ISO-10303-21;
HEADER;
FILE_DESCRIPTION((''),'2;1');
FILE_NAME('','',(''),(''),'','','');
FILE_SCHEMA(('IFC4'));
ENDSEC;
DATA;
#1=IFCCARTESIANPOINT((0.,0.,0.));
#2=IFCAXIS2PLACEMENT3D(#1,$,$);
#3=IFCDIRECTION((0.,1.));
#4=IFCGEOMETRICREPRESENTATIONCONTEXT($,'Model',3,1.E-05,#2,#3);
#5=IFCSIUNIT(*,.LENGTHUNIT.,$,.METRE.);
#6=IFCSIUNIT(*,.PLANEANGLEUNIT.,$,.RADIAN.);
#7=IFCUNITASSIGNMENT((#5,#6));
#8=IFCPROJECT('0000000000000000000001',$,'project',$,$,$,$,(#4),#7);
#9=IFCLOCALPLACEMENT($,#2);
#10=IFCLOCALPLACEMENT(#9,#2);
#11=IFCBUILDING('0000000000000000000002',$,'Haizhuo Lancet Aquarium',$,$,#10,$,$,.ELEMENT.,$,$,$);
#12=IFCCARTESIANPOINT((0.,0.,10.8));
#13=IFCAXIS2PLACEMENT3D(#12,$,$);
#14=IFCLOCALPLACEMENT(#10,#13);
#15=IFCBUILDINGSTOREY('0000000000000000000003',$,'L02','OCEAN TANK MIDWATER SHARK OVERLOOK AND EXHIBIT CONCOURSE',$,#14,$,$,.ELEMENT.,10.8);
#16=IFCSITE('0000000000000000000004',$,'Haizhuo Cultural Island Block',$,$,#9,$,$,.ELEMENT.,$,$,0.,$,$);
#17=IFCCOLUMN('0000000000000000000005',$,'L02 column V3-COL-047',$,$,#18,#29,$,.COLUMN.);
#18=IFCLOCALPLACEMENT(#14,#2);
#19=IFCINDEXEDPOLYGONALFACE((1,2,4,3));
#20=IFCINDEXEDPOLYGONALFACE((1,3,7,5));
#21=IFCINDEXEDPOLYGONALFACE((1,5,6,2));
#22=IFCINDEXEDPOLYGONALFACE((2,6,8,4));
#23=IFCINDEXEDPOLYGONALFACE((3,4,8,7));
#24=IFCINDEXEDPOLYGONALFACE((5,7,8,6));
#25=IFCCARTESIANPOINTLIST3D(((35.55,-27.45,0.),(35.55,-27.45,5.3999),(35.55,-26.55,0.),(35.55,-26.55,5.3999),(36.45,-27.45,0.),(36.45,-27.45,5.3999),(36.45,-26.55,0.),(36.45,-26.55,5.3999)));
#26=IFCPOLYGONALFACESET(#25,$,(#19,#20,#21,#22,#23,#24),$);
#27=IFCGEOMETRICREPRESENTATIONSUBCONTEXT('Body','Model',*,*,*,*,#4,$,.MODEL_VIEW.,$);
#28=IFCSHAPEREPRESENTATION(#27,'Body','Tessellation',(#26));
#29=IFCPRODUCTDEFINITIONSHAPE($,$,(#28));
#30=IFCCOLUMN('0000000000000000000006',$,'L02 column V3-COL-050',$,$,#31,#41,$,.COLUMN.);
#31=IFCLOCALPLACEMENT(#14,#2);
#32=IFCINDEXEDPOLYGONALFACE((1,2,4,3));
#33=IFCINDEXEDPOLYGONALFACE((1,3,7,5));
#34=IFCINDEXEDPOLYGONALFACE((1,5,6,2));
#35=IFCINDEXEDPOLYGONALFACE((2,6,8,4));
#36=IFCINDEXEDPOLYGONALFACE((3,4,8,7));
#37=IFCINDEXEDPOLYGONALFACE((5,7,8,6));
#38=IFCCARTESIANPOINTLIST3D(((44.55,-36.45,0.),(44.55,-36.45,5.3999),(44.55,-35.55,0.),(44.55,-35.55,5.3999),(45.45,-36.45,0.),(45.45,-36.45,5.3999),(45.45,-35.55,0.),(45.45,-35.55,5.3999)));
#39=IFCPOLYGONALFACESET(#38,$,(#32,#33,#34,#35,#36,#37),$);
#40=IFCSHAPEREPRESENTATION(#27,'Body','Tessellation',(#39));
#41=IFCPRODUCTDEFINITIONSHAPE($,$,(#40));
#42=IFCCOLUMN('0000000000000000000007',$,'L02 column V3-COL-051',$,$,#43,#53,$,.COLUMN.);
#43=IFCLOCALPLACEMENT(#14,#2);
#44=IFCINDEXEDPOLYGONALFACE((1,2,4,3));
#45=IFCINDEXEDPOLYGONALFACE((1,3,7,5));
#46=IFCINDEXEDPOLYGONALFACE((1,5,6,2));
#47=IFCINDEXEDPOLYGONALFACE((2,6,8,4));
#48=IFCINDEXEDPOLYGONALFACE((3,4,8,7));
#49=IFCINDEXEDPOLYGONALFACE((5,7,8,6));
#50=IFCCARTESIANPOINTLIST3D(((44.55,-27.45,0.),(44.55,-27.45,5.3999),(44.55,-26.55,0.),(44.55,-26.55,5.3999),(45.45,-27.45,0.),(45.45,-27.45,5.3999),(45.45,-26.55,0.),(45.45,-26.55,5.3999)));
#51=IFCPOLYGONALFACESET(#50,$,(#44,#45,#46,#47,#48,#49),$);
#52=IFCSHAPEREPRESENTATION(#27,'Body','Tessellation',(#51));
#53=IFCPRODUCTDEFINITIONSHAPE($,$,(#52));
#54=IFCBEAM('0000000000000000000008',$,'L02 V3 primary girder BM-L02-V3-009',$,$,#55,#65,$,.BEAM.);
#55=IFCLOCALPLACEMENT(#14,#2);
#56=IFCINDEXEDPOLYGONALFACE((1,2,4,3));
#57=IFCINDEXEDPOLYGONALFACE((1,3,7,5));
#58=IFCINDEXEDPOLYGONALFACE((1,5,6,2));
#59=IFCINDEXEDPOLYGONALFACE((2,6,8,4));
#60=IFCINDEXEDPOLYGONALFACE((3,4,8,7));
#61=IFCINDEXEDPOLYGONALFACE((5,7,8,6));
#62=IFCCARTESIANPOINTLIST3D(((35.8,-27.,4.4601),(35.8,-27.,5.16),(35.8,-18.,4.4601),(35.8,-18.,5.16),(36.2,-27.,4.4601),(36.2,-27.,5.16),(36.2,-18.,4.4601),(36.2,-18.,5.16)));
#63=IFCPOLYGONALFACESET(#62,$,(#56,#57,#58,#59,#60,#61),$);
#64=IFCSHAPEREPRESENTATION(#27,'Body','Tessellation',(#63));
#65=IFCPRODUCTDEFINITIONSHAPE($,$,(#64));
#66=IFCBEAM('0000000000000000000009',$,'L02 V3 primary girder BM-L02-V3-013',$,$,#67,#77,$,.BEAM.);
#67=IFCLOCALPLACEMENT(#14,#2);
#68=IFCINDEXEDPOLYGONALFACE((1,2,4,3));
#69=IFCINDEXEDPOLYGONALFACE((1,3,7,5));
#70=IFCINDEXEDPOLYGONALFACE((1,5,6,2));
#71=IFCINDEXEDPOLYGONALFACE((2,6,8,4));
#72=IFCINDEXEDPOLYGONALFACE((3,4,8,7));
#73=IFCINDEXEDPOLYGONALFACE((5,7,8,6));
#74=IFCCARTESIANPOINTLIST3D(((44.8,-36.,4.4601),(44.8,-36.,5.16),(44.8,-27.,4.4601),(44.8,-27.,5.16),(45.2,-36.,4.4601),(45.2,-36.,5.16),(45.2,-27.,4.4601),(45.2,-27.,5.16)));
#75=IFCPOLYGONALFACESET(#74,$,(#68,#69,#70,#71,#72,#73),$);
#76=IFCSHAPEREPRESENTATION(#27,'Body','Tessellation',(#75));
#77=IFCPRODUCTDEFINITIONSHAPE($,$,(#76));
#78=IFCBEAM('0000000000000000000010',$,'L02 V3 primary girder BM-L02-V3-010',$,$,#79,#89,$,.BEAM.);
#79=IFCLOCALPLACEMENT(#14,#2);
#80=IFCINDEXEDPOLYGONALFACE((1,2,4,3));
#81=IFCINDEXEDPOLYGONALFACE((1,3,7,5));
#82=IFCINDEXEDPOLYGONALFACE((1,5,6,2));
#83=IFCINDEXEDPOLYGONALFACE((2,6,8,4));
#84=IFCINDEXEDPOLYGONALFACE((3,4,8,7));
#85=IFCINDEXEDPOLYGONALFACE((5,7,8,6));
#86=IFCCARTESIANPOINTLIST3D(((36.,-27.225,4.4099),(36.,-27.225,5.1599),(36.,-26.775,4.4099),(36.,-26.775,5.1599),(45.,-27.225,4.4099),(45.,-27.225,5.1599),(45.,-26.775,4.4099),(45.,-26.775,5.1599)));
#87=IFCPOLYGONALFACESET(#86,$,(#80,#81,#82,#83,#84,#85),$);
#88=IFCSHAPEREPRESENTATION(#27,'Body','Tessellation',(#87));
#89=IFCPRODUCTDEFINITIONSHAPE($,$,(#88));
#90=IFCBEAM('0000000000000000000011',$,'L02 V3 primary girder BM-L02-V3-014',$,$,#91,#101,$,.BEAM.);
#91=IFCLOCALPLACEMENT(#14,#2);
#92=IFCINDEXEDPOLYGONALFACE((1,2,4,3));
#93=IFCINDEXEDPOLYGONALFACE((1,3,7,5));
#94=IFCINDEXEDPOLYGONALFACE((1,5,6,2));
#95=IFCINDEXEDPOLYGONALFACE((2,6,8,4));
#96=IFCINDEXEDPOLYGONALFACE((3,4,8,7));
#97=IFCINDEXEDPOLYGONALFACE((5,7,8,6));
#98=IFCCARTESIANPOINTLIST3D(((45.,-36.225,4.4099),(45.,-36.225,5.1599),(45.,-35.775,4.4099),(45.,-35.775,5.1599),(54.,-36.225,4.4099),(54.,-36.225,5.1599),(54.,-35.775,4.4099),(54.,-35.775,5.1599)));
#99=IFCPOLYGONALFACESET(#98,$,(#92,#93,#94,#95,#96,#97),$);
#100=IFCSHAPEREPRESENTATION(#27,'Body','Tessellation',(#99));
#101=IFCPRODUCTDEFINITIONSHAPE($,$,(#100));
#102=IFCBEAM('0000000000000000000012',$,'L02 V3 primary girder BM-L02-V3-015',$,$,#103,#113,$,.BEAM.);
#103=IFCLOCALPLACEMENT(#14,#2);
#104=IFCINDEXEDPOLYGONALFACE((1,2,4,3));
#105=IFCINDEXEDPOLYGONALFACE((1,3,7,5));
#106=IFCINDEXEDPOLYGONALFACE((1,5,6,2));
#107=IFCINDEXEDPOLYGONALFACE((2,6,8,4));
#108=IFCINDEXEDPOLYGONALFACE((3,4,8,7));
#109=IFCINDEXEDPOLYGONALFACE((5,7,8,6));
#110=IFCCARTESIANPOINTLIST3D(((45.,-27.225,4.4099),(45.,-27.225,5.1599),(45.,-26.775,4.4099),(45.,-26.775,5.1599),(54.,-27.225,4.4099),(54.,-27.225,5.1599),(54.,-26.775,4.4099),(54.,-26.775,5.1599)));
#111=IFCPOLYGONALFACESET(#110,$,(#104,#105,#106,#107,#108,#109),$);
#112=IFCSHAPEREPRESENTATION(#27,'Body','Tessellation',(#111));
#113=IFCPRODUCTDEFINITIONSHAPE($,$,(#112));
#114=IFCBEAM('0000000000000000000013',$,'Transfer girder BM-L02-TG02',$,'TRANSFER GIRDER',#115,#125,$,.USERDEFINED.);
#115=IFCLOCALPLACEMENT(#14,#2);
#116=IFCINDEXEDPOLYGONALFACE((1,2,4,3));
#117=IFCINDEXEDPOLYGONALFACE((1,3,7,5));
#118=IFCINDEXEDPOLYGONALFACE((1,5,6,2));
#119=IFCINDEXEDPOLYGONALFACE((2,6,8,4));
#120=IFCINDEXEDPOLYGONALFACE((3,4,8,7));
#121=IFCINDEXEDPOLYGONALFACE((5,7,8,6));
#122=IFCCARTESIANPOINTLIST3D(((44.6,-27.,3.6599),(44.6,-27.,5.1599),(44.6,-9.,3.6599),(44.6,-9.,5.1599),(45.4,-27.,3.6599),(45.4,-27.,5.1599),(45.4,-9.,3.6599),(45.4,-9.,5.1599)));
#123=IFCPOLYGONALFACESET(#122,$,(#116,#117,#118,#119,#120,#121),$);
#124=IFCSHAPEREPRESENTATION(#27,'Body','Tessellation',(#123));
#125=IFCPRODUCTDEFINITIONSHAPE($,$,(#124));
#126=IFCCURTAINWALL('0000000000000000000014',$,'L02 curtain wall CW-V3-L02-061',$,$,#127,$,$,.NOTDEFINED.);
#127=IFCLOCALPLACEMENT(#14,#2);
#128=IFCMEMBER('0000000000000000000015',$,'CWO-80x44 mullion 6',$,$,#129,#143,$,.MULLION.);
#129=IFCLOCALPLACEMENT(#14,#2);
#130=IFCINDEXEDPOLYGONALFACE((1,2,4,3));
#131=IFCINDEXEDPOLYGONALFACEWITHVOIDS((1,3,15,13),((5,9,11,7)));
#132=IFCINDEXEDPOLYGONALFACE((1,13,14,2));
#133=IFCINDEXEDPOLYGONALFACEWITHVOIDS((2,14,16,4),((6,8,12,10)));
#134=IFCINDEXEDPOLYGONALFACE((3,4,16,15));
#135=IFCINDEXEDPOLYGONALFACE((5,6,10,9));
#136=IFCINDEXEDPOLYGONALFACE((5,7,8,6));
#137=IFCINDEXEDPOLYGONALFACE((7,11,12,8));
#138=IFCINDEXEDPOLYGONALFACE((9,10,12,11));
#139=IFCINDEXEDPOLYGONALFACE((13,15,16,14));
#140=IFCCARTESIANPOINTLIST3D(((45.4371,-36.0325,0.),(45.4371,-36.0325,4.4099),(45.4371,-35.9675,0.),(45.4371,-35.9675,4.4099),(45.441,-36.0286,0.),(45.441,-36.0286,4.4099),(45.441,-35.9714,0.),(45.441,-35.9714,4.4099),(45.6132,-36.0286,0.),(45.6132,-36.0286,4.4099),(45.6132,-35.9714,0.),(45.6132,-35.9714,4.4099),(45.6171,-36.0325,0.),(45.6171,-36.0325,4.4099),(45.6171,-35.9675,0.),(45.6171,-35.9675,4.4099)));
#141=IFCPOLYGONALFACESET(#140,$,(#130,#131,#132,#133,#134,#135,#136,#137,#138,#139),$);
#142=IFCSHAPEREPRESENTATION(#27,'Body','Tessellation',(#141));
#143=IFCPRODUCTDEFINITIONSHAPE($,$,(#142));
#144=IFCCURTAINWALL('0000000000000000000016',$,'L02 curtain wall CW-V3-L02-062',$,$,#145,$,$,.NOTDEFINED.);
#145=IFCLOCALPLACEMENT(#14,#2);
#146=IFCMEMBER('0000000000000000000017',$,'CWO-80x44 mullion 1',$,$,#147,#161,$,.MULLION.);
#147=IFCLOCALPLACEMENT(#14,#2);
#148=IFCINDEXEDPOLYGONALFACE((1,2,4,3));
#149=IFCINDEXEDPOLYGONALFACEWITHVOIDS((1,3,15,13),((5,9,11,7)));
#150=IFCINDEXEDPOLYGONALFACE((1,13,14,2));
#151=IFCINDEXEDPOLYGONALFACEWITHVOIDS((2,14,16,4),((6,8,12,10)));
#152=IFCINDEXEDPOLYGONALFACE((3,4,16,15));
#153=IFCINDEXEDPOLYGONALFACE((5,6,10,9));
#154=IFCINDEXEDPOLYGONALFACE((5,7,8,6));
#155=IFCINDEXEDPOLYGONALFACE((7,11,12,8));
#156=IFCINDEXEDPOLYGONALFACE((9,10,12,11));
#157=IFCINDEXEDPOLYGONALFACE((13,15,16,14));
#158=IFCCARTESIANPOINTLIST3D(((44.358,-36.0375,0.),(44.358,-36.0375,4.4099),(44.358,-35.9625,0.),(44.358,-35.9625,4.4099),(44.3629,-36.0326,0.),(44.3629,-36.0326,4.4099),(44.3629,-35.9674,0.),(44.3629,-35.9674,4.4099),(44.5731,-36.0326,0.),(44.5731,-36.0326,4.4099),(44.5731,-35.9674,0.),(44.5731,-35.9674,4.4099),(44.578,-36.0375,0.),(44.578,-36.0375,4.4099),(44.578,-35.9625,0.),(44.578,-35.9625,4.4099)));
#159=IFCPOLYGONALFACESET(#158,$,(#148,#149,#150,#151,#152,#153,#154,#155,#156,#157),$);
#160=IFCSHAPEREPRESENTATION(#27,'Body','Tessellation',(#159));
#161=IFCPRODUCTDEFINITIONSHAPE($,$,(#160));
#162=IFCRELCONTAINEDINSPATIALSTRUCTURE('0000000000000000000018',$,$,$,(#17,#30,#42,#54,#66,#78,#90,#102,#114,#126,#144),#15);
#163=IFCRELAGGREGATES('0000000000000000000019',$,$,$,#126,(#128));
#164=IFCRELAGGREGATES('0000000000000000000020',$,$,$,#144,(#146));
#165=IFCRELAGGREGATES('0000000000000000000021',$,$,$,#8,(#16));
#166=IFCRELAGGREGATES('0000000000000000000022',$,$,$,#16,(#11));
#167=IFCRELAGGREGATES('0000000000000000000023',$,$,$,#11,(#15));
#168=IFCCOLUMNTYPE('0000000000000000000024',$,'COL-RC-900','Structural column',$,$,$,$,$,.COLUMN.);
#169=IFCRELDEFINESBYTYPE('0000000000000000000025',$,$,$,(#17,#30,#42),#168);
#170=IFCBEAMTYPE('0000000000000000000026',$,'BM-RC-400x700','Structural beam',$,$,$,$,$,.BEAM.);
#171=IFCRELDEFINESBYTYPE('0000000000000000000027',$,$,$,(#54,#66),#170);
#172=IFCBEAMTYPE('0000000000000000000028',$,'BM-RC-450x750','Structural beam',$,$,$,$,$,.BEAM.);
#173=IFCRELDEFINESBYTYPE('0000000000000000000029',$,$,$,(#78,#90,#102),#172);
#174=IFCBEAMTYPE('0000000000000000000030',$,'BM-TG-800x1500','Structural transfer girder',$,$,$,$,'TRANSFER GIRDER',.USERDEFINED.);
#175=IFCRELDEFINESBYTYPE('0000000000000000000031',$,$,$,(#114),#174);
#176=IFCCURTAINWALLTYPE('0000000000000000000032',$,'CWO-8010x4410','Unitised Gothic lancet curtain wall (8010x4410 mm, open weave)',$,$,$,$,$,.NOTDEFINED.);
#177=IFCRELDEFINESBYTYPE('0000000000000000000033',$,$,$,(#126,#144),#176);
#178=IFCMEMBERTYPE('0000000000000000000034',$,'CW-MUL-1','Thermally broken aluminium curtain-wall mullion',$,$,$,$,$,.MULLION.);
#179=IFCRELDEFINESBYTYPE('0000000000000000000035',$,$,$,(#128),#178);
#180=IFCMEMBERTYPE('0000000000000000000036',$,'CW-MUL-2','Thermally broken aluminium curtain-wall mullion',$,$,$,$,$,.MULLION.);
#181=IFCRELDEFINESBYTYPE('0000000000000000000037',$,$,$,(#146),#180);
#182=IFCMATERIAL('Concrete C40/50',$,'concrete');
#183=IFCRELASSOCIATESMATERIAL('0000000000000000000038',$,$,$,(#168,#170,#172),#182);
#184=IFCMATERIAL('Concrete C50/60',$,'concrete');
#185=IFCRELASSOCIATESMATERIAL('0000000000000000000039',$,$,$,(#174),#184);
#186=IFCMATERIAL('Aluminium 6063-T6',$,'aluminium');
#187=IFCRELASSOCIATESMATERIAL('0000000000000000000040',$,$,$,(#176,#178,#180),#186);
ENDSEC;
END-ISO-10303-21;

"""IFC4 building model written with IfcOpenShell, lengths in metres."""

from ifc_helpers import new_model, si_unit, direction, frame, origin, origin_2d, place, context, subcontext, project, spatial, rectangle, hollow_rectangle, extrude, material, material_profile, profile_set, type_object, element, aggregate, save


model = new_model("IFC4")

# Units and contexts
model_context = context("Model", 3, precision=1e-05, world=origin(), true_north=direction((0.0, 1.0)))
body_context = subcontext(model_context, "Body", "Model", "MODEL_VIEW")
ifc_project = project(units=[si_unit("LENGTHUNIT", "METRE"), si_unit("PLANEANGLEUNIT", "RADIAN")], contexts=[model_context])

# Site, building, storey
site_placement = place(None, origin())
site = spatial("IfcSite", under=ifc_project, at=site_placement, Name="Haizhuo Cultural Island Block", CompositionType="ELEMENT", RefElevation=0.0)
building_placement = place(site_placement, origin())
building = spatial("IfcBuilding", under=site, at=building_placement, Name="Haizhuo Lancet Aquarium", CompositionType="ELEMENT")
storey_placement = place(building_placement, frame((0.0, 0.0, 10.8)))
storey = spatial("IfcBuildingStorey", under=building, at=storey_placement, Name="L02", Description="OCEAN TANK MIDWATER SHARK OVERLOOK AND EXHIBIT CONCOURSE", CompositionType="ELEMENT", Elevation=10.8)

# Columns
ifc_material_1 = material(Name="Concrete C40/50", Category="concrete")
ifc_material_profile_1 = material_profile(ifc_material_1, rectangle(XDim=0.8999, YDim=0.8999, at=origin_2d()), Name="RC-COL 900x900")
ifc_profile_set_1 = profile_set([ifc_material_profile_1], Name="Concrete C40/50")
column_type = type_object("IfcColumnType", Name="COL-RC-900", Description="Structural column", PredefinedType="COLUMN", material=ifc_profile_set_1)
for number, where, z_axis, x_axis, name in (
    (1, (36.0, -27.0, 0.0), (0.0, 0.0, 1.0), (1.0, 0.0, 0.0), "L02 column V3-COL-047"),
    (2, (45.0, -36.0, 0.0), (0.0, 0.0, 1.0), (1.0, 0.0, 0.0), "L02 column V3-COL-050"),
    (3, (45.0, -27.0, 0.0), (0.0, 0.0, 1.0), (1.0, 0.0, 0.0), "L02 column V3-COL-051"),
):
    element("IfcColumn", number, at=place(storey_placement, frame(where, z_axis=z_axis, x_axis=x_axis)), inside=storey, type_object=column_type, Name=name, PredefinedType="COLUMN", context=body_context, shape_type="SweptSolid", body=[
        extrude(rectangle(XDim=0.8999, YDim=0.8999, at=origin_2d()), origin(), (0.0, 0.0, 1.0), 5.3999),
    ])

# Beams
ifc_material_profile_2 = material_profile(ifc_material_1, rectangle(XDim=0.3999, YDim=0.7, at=origin_2d()), Name="RC-BM 400x700")
ifc_profile_set_2 = profile_set([ifc_material_profile_2], Name="Concrete C40/50")
beam_type_1 = type_object("IfcBeamType", Name="BM-RC-400x700", Description="Structural beam", PredefinedType="BEAM", material=ifc_profile_set_2)
for number, where, z_axis, x_axis, name in (
    (4, (36.0, -27.0, 4.8101), (0.0, 1.0, 0.0), (-1.0, 0.0, 0.0), "L02 V3 primary girder BM-L02-V3-009"),
    (5, (45.0, -36.0, 4.8101), (0.0, 1.0, 0.0), (-1.0, 0.0, 0.0), "L02 V3 primary girder BM-L02-V3-013"),
):
    element("IfcBeam", number, at=place(storey_placement, frame(where, z_axis=z_axis, x_axis=x_axis)), inside=storey, type_object=beam_type_1, Name=name, PredefinedType="BEAM", context=body_context, shape_type="SweptSolid", body=[
        extrude(rectangle(XDim=0.3999, YDim=0.7, at=origin_2d()), origin(), (0.0, 0.0, 1.0), 9.0),
    ])
ifc_material_profile_3 = material_profile(ifc_material_1, rectangle(XDim=0.45, YDim=0.75, at=origin_2d()), Name="RC-BM 450x750")
ifc_profile_set_3 = profile_set([ifc_material_profile_3], Name="Concrete C40/50")
beam_type_2 = type_object("IfcBeamType", Name="BM-RC-450x750", Description="Structural beam", PredefinedType="BEAM", material=ifc_profile_set_3)
for number, where, z_axis, x_axis, name in (
    (6, (36.0, -27.0, 4.7849), (1.0, 0.0, 0.0), (0.0, 1.0, 0.0), "L02 V3 primary girder BM-L02-V3-010"),
    (7, (45.0, -36.0, 4.7849), (1.0, 0.0, 0.0), (0.0, 1.0, 0.0), "L02 V3 primary girder BM-L02-V3-014"),
    (8, (45.0, -27.0, 4.7849), (1.0, 0.0, 0.0), (0.0, 1.0, 0.0), "L02 V3 primary girder BM-L02-V3-015"),
):
    element("IfcBeam", number, at=place(storey_placement, frame(where, z_axis=z_axis, x_axis=x_axis)), inside=storey, type_object=beam_type_2, Name=name, PredefinedType="BEAM", context=body_context, shape_type="SweptSolid", body=[
        extrude(rectangle(XDim=0.45, YDim=0.75, at=origin_2d()), origin(), (0.0, 0.0, 1.0), 9.0),
    ])
ifc_material_2 = material(Name="Concrete C50/60", Category="concrete")
ifc_material_profile_4 = material_profile(ifc_material_2, rectangle(XDim=0.8, YDim=1.5, at=origin_2d()), Name="RC-TG 800x1500")
ifc_profile_set_4 = profile_set([ifc_material_profile_4], Name="Concrete C50/60")
beam_type_3 = type_object("IfcBeamType", Name="BM-TG-800x1500", Description="Structural transfer girder", ElementType="TRANSFER GIRDER", PredefinedType="USERDEFINED", material=ifc_profile_set_4)
beam_1_placement = place(storey_placement, frame((45.0, -27.0, 4.4099), z_axis=(0.0, 1.0, 0.0), x_axis=(-1.0, 0.0, 0.0)))
element("IfcBeam", 9, at=beam_1_placement, inside=storey, type_object=beam_type_3, Name="Transfer girder BM-L02-TG02", ObjectType="TRANSFER GIRDER", PredefinedType="USERDEFINED", context=body_context, shape_type="SweptSolid", body=[
    extrude(rectangle(XDim=0.8, YDim=1.5, at=origin_2d()), origin(), (0.0, 0.0, 1.0), 18.0),
])

# Curtain walls, members
ifc_material_3 = material(Name="Aluminium 6063-T6", Category="aluminium")
curtain_wall_type = type_object("IfcCurtainWallType", Name="CWO-8010x4410", Description="Unitised Gothic lancet curtain wall (8010x4410 mm, open weave)", PredefinedType="NOTDEFINED", material=ifc_material_3)
curtain_wall_1_placement = place(storey_placement, origin())
curtain_wall_1 = element("IfcCurtainWall", 10, at=curtain_wall_1_placement, inside=storey, type_object=curtain_wall_type, Name="L02 curtain wall CW-V3-L02-061", PredefinedType="NOTDEFINED")
ifc_material_profile_5 = material_profile(ifc_material_3, hollow_rectangle(XDim=0.0649, YDim=0.1799, WallThickness=0.0039, at=origin_2d()), Name="ALU-M 65x180x4")
ifc_profile_set_5 = profile_set([ifc_material_profile_5], Name="Aluminium 6063-T6")
member_type_1 = type_object("IfcMemberType", Name="CW-MUL-1", Description="Thermally broken aluminium curtain-wall mullion", PredefinedType="MULLION", material=ifc_profile_set_5)
member_1_placement = place(storey_placement, frame((45.5271, -36.0, 0.0), z_axis=(0.0, 0.0, 1.0), x_axis=(0.0, -1.0, 0.0)))
member_1 = element("IfcMember", 11, at=member_1_placement, type_object=member_type_1, Name="CWO-80x44 mullion 6", PredefinedType="MULLION", context=body_context, shape_type="SweptSolid", body=[
    extrude(hollow_rectangle(XDim=0.0649, YDim=0.1799, WallThickness=0.0039, at=origin_2d()), origin(), (0.0, 0.0, 1.0), 4.4099),
])
aggregate(curtain_wall_1, [member_1])
curtain_wall_2_placement = place(storey_placement, origin())
curtain_wall_2 = element("IfcCurtainWall", 12, at=curtain_wall_2_placement, inside=storey, type_object=curtain_wall_type, Name="L02 curtain wall CW-V3-L02-062", PredefinedType="NOTDEFINED")
ifc_material_profile_6 = material_profile(ifc_material_3, hollow_rectangle(XDim=0.075, YDim=0.22, WallThickness=0.0049, at=origin_2d()), Name="ALU-M 75x220x5")
ifc_profile_set_6 = profile_set([ifc_material_profile_6], Name="Aluminium 6063-T6")
member_type_2 = type_object("IfcMemberType", Name="CW-MUL-2", Description="Thermally broken aluminium curtain-wall mullion", PredefinedType="MULLION", material=ifc_profile_set_6)
member_2_placement = place(storey_placement, frame((44.468, -36.0, 0.0), z_axis=(0.0, 0.0, 1.0), x_axis=(0.0, -1.0, 0.0)))
member_2 = element("IfcMember", 13, at=member_2_placement, type_object=member_type_2, Name="CWO-80x44 mullion 1", PredefinedType="MULLION", context=body_context, shape_type="SweptSolid", body=[
    extrude(hollow_rectangle(XDim=0.075, YDim=0.22, WallThickness=0.0049, at=origin_2d()), origin(), (0.0, 0.0, 1.0), 4.4099),
])
aggregate(curtain_wall_2, [member_2])

save(model, "model.ifc")
